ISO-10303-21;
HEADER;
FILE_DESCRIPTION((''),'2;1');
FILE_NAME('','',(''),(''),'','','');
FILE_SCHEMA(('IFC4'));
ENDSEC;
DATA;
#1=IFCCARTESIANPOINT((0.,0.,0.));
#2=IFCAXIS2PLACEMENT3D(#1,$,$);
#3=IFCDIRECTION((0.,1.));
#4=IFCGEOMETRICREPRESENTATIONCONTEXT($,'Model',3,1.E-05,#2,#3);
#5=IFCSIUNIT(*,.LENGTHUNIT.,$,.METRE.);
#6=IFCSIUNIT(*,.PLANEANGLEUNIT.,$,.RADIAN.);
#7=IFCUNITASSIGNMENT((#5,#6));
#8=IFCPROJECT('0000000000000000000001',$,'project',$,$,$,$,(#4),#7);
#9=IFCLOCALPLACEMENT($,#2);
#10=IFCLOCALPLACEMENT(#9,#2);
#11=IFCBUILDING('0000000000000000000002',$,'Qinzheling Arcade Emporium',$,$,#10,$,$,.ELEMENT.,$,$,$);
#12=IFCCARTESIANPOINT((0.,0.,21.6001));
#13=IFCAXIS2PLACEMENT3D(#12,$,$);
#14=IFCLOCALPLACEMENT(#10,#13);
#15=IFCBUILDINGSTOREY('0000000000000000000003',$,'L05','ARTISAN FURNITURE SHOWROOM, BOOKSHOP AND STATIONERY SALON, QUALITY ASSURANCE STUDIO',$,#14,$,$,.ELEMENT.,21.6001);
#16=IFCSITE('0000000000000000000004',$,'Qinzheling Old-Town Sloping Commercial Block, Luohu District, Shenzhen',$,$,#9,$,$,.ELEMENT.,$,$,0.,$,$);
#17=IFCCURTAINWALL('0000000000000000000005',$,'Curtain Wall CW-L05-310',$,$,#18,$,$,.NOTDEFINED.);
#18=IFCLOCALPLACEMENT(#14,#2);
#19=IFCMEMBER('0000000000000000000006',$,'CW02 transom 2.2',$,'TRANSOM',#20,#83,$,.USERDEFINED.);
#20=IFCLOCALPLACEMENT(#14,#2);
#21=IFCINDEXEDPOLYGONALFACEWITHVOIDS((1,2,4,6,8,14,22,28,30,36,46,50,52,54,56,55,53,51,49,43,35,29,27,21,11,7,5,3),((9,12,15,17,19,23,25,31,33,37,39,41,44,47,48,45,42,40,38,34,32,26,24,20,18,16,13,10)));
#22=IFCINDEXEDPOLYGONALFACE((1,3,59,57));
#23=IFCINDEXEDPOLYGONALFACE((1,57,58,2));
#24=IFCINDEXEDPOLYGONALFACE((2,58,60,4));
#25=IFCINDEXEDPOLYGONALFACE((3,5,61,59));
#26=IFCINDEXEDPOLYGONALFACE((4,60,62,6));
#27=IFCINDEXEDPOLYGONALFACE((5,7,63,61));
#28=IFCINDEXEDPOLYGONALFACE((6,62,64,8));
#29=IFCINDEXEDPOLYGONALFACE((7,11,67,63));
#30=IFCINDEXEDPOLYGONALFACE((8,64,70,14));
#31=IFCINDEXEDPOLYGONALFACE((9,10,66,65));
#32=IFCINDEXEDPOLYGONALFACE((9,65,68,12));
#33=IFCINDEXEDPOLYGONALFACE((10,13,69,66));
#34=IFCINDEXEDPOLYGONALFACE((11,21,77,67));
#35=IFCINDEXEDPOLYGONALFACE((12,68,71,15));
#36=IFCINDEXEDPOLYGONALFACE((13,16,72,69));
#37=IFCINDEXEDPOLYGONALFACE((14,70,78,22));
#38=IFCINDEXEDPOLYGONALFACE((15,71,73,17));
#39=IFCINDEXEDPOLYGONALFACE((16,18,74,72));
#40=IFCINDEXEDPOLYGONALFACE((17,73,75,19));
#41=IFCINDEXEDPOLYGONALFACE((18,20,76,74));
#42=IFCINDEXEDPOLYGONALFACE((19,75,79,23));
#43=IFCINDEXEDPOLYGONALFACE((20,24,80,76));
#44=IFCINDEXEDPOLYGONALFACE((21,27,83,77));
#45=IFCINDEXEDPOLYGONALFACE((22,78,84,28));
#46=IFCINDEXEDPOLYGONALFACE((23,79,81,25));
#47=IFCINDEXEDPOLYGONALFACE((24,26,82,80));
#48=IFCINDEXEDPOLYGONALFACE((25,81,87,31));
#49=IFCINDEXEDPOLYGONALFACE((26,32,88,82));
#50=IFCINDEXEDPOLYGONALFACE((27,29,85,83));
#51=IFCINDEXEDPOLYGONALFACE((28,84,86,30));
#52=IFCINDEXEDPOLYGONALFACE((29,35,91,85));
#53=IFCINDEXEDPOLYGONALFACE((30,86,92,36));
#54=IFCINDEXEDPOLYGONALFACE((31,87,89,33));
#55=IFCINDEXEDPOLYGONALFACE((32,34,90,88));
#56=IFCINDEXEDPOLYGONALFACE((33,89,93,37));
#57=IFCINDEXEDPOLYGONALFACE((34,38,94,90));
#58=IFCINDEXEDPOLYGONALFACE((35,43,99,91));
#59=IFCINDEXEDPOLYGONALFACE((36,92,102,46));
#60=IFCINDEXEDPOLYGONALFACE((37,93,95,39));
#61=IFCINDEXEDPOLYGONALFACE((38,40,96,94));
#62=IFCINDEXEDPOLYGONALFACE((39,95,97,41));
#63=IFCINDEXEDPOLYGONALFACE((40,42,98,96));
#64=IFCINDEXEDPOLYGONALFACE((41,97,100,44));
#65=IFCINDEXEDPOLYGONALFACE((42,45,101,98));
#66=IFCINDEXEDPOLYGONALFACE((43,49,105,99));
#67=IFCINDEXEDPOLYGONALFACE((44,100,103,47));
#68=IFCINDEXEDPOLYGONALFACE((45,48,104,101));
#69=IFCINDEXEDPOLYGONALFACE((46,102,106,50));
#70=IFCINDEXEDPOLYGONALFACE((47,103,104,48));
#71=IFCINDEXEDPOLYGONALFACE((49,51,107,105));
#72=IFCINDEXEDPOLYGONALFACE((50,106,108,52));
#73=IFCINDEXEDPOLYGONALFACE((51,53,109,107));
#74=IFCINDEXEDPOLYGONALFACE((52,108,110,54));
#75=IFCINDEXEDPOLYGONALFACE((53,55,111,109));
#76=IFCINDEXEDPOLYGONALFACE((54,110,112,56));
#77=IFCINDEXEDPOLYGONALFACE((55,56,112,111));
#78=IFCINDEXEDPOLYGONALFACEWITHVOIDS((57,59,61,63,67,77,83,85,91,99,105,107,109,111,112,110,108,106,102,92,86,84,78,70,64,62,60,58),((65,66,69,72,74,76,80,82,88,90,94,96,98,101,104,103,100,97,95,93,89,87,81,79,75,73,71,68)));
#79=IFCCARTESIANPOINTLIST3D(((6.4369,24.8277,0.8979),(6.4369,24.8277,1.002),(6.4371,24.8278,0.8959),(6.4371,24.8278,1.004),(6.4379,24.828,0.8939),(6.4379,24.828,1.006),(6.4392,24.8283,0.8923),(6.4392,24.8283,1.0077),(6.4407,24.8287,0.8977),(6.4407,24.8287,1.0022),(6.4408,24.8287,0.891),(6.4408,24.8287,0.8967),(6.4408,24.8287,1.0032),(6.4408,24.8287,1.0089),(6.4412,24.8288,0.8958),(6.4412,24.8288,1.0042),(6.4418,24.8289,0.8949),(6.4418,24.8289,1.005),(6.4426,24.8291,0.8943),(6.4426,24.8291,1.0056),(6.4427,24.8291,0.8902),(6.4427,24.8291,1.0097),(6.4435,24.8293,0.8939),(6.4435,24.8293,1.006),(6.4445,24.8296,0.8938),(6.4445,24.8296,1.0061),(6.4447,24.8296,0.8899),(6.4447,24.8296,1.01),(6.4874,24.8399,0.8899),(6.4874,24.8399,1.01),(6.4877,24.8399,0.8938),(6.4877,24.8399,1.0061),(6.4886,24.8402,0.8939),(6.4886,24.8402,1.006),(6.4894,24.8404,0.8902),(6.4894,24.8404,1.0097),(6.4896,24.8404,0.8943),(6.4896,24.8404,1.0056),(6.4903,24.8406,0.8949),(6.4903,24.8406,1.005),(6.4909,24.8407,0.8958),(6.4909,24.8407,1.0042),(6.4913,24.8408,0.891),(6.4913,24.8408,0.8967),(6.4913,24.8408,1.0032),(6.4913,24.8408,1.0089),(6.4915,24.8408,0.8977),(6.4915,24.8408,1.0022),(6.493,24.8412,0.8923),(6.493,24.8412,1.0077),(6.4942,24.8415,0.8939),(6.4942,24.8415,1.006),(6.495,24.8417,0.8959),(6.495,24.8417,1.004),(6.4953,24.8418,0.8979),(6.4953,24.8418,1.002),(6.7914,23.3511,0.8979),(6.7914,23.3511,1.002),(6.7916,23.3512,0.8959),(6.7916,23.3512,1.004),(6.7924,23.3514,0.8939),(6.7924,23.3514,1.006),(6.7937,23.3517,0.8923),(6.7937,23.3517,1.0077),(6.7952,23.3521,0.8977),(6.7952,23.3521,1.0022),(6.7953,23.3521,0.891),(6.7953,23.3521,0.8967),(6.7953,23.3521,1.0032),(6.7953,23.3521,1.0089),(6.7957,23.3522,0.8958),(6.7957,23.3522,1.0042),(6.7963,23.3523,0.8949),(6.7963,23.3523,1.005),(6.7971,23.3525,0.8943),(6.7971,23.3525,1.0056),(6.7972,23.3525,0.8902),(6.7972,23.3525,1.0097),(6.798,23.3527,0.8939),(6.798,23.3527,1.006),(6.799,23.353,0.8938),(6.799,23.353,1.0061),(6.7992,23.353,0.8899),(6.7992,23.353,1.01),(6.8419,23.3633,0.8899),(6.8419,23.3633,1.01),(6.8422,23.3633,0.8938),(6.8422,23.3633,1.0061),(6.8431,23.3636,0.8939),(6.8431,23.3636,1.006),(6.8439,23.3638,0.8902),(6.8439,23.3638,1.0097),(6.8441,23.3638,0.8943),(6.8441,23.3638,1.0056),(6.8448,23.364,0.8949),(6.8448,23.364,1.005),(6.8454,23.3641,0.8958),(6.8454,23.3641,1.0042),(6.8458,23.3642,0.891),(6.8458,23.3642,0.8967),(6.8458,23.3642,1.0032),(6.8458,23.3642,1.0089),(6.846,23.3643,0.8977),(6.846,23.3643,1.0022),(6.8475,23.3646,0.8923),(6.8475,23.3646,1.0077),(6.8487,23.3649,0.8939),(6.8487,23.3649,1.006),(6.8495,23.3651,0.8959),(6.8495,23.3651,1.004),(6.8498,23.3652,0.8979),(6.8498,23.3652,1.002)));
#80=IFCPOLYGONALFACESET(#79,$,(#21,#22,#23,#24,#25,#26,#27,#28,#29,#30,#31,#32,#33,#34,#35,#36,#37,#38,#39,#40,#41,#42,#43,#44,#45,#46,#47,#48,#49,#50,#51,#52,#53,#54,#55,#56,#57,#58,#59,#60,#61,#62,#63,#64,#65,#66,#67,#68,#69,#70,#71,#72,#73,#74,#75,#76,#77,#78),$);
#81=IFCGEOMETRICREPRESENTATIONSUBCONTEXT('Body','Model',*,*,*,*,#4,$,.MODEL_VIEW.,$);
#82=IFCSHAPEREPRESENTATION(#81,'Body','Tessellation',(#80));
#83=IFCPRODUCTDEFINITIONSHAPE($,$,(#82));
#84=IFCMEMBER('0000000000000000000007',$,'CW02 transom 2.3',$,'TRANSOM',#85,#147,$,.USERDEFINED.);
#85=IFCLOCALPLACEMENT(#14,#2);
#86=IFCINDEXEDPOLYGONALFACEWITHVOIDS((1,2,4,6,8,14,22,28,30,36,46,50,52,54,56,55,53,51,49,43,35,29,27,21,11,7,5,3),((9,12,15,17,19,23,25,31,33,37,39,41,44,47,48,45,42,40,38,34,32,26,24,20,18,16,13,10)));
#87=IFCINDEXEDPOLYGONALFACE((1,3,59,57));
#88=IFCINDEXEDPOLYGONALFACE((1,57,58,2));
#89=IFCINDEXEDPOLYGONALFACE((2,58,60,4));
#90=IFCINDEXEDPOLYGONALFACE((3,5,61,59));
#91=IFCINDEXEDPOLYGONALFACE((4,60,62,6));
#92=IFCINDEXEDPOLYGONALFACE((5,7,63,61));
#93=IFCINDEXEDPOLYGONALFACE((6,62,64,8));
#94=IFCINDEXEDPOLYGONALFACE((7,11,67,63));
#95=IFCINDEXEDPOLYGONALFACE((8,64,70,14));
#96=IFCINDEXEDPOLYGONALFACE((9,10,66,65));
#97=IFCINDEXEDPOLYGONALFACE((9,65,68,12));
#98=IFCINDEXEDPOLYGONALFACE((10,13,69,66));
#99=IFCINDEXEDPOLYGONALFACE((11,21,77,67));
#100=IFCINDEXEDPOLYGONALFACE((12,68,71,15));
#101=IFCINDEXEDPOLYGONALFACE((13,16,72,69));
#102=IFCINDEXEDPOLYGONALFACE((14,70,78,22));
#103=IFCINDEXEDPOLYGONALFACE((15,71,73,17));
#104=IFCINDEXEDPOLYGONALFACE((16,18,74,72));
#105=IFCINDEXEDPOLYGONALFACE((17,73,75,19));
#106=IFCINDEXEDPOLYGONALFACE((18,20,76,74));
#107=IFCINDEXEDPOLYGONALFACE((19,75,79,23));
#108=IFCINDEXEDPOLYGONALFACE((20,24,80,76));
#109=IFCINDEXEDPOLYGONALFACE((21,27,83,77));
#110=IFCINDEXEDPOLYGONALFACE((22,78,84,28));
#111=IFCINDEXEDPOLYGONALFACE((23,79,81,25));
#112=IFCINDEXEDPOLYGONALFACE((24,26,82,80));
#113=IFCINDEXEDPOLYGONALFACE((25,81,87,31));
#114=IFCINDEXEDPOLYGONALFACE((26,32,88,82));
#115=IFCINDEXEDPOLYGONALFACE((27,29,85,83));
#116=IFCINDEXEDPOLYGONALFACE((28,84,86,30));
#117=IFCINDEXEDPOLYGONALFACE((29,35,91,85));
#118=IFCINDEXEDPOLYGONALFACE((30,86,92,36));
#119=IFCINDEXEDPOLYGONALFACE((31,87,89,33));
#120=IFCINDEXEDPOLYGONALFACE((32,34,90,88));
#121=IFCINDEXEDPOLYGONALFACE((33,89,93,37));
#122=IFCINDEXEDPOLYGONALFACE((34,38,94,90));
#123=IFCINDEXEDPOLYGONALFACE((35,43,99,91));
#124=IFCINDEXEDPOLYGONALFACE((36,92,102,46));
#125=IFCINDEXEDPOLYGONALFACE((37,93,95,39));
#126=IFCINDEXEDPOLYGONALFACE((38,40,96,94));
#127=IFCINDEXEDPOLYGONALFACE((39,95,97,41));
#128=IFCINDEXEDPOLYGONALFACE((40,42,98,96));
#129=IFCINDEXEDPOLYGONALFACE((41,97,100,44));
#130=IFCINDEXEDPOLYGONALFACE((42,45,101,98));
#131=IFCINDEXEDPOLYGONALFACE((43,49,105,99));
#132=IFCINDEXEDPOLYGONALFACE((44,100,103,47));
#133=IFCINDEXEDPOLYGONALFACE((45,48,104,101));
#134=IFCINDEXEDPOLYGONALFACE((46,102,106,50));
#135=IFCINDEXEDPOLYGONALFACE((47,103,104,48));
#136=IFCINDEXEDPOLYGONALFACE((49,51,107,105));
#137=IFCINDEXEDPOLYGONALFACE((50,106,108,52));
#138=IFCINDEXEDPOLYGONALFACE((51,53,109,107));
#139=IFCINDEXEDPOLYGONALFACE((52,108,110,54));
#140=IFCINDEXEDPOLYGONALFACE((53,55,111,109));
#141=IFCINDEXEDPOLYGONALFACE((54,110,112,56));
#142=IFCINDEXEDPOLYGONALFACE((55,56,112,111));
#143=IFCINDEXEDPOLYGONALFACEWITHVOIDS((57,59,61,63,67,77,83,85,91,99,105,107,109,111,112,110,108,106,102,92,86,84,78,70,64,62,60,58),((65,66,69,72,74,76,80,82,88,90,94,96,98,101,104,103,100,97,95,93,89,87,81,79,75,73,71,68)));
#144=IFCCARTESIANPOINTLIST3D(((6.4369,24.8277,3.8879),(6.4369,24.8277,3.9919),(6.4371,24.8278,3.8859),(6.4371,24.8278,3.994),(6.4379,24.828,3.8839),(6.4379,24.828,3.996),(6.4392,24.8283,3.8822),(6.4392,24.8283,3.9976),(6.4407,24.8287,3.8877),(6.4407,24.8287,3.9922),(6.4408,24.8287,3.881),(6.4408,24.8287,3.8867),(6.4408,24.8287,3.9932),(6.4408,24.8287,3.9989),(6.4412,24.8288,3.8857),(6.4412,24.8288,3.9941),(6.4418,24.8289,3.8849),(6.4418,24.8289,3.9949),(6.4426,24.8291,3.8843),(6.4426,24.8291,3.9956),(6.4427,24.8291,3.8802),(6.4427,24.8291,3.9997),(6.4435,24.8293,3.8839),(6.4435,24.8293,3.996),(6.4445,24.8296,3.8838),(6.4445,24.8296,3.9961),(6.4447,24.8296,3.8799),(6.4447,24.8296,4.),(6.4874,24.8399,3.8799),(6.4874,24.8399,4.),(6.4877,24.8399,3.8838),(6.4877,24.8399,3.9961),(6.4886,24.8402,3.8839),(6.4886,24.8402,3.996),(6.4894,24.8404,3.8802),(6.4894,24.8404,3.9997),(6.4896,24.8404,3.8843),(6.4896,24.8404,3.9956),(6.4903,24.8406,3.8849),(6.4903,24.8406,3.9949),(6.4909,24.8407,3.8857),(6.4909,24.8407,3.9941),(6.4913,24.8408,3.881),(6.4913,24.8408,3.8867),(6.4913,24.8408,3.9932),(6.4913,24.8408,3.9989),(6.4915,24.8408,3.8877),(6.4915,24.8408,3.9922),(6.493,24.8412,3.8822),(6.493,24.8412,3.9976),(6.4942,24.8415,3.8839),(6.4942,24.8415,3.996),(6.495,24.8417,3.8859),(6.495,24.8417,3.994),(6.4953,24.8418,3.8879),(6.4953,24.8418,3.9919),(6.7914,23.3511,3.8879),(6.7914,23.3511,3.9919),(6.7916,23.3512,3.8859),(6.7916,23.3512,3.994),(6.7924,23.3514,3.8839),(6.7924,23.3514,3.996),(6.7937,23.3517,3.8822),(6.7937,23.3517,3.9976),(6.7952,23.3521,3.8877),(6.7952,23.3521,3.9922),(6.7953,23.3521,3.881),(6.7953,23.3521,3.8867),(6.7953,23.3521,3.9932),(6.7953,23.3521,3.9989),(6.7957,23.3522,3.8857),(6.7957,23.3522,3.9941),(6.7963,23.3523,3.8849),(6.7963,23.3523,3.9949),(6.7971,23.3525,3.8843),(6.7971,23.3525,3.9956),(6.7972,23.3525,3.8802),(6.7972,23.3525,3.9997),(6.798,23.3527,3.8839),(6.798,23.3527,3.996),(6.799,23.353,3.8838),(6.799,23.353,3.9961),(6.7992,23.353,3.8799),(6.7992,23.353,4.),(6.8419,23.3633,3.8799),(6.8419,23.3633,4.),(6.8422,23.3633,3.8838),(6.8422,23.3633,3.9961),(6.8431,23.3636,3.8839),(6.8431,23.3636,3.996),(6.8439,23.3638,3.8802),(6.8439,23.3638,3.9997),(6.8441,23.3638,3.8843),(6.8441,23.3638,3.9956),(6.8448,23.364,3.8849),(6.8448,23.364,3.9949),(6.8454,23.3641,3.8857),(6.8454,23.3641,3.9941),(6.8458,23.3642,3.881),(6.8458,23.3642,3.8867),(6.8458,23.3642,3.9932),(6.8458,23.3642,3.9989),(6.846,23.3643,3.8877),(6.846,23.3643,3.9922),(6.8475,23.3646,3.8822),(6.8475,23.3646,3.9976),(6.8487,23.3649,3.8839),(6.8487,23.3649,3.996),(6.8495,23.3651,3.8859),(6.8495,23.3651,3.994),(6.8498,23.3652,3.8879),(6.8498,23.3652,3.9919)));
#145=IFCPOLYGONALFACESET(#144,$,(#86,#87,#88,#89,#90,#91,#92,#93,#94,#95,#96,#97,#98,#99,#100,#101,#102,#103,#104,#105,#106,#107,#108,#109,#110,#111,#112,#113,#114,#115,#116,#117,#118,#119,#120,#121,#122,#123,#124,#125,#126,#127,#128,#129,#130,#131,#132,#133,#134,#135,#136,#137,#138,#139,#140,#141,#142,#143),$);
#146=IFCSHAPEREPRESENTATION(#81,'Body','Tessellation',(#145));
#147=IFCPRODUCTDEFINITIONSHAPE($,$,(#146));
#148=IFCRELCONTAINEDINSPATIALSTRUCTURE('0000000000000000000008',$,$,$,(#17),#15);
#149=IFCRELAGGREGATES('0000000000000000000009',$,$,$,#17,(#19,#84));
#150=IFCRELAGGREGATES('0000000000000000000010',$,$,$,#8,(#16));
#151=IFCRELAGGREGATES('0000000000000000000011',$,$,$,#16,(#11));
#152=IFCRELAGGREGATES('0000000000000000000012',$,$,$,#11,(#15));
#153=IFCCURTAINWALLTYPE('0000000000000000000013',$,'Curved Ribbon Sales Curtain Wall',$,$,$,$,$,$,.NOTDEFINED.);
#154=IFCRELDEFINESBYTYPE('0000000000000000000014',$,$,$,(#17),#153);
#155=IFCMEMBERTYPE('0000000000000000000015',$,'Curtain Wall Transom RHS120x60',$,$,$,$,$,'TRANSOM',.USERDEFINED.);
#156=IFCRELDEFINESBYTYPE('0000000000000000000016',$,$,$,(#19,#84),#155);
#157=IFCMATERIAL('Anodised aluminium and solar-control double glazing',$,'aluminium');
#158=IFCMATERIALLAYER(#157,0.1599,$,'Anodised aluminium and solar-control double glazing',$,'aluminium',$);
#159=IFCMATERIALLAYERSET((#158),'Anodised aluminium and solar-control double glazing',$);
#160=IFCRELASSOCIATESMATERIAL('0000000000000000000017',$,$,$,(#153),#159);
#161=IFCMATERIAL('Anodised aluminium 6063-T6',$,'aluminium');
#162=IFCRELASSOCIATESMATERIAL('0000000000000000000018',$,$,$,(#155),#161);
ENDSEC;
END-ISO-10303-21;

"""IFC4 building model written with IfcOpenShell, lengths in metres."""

from ifc_helpers import new_model, si_unit, direction, frame, origin, origin_2d, place, context, subcontext, project, spatial, hollow_rectangle, extrude, material, layer, layer_set, material_profile, profile_set, type_object, element, aggregate, save


model = new_model("IFC4")

# Units and contexts
model_context = context("Model", 3, precision=1e-05, world=origin(), true_north=direction((0.0, 1.0)))
body_context = subcontext(model_context, "Body", "Model", "MODEL_VIEW")
ifc_project = project(units=[si_unit("LENGTHUNIT", "METRE"), si_unit("PLANEANGLEUNIT", "RADIAN")], contexts=[model_context])

# Site, building, storey
site_placement = place(None, origin())
site = spatial("IfcSite", under=ifc_project, at=site_placement, Name="Qinzheling Old-Town Sloping Commercial Block, Luohu District, Shenzhen", CompositionType="ELEMENT", RefElevation=0.0)
building_placement = place(site_placement, origin())
building = spatial("IfcBuilding", under=site, at=building_placement, Name="Qinzheling Arcade Emporium", CompositionType="ELEMENT")
storey_placement = place(building_placement, frame((0.0, 0.0, 21.6001)))
storey = spatial("IfcBuildingStorey", under=building, at=storey_placement, Name="L05", Description="ARTISAN FURNITURE SHOWROOM, BOOKSHOP AND STATIONERY SALON, QUALITY ASSURANCE STUDIO", CompositionType="ELEMENT", Elevation=21.6001)

# Curtain wall
ifc_material_1 = material(Name="Anodised aluminium and solar-control double glazing", Category="aluminium")
ifc_layer_1 = layer(ifc_material_1, 0.1599, Name="Anodised aluminium and solar-control double glazing", Category="aluminium")
ifc_layer_set_1 = layer_set([ifc_layer_1], Name="Anodised aluminium and solar-control double glazing")
curtain_wall_type = type_object("IfcCurtainWallType", Name="Curved Ribbon Sales Curtain Wall", PredefinedType="NOTDEFINED", material=ifc_layer_set_1)
ifc_material_2 = material(Name="Anodised aluminium 6063-T6", Category="aluminium")
curtain_wall_1_placement = place(storey_placement, origin())
curtain_wall_1 = element("IfcCurtainWall", 1, at=curtain_wall_1_placement, inside=storey, type_object=curtain_wall_type, Name="Curtain Wall CW-L05-310", PredefinedType="NOTDEFINED")

# Members
ifc_material_profile_1 = material_profile(ifc_material_2, hollow_rectangle(XDim=0.0601, YDim=0.1201, WallThickness=0.0039, InnerFilletRadius=0.0039, OuterFilletRadius=0.0081, at=origin_2d()), Name="RHS 120x60x4", Category="aluminium")
ifc_profile_set_1 = profile_set([ifc_material_profile_1], Name="Anodised aluminium 6063-T6")
member_type_1 = type_object("IfcMemberType", Name="Curtain Wall Transom RHS120x60", ElementType="TRANSOM", PredefinedType="USERDEFINED", material=ifc_profile_set_1)
member_1_placement = place(storey_placement, frame((6.8206, 23.3582, 0.95), z_axis=(-0.233446, 0.97237, 0.0), x_axis=(-0.97237, -0.233446, 0.0)))
member_1 = element("IfcMember", 2, at=member_1_placement, type_object=member_type_1, Name="CW02 transom 2.2", ObjectType="TRANSOM", PredefinedType="USERDEFINED", context=body_context, shape_type="SweptSolid", body=[
    extrude(hollow_rectangle(XDim=0.0601, YDim=0.1201, WallThickness=0.0039, InnerFilletRadius=0.0039, OuterFilletRadius=0.0081, at=origin_2d()), origin(), (0.0, 0.0, 1.0), 1.5186),
])
member_2_placement = place(storey_placement, frame((6.8206, 23.3582, 3.9399), z_axis=(-0.233446, 0.97237, 0.0), x_axis=(-0.97237, -0.233446, 0.0)))
member_2 = element("IfcMember", 3, at=member_2_placement, type_object=member_type_1, Name="CW02 transom 2.3", ObjectType="TRANSOM", PredefinedType="USERDEFINED", context=body_context, shape_type="SweptSolid", body=[
    extrude(hollow_rectangle(XDim=0.0601, YDim=0.1201, WallThickness=0.0039, InnerFilletRadius=0.0039, OuterFilletRadius=0.0081, at=origin_2d()), origin(), (0.0, 0.0, 1.0), 1.5186),
])

aggregate(curtain_wall_1, [member_1, member_2])

save(model, "model.ifc")
